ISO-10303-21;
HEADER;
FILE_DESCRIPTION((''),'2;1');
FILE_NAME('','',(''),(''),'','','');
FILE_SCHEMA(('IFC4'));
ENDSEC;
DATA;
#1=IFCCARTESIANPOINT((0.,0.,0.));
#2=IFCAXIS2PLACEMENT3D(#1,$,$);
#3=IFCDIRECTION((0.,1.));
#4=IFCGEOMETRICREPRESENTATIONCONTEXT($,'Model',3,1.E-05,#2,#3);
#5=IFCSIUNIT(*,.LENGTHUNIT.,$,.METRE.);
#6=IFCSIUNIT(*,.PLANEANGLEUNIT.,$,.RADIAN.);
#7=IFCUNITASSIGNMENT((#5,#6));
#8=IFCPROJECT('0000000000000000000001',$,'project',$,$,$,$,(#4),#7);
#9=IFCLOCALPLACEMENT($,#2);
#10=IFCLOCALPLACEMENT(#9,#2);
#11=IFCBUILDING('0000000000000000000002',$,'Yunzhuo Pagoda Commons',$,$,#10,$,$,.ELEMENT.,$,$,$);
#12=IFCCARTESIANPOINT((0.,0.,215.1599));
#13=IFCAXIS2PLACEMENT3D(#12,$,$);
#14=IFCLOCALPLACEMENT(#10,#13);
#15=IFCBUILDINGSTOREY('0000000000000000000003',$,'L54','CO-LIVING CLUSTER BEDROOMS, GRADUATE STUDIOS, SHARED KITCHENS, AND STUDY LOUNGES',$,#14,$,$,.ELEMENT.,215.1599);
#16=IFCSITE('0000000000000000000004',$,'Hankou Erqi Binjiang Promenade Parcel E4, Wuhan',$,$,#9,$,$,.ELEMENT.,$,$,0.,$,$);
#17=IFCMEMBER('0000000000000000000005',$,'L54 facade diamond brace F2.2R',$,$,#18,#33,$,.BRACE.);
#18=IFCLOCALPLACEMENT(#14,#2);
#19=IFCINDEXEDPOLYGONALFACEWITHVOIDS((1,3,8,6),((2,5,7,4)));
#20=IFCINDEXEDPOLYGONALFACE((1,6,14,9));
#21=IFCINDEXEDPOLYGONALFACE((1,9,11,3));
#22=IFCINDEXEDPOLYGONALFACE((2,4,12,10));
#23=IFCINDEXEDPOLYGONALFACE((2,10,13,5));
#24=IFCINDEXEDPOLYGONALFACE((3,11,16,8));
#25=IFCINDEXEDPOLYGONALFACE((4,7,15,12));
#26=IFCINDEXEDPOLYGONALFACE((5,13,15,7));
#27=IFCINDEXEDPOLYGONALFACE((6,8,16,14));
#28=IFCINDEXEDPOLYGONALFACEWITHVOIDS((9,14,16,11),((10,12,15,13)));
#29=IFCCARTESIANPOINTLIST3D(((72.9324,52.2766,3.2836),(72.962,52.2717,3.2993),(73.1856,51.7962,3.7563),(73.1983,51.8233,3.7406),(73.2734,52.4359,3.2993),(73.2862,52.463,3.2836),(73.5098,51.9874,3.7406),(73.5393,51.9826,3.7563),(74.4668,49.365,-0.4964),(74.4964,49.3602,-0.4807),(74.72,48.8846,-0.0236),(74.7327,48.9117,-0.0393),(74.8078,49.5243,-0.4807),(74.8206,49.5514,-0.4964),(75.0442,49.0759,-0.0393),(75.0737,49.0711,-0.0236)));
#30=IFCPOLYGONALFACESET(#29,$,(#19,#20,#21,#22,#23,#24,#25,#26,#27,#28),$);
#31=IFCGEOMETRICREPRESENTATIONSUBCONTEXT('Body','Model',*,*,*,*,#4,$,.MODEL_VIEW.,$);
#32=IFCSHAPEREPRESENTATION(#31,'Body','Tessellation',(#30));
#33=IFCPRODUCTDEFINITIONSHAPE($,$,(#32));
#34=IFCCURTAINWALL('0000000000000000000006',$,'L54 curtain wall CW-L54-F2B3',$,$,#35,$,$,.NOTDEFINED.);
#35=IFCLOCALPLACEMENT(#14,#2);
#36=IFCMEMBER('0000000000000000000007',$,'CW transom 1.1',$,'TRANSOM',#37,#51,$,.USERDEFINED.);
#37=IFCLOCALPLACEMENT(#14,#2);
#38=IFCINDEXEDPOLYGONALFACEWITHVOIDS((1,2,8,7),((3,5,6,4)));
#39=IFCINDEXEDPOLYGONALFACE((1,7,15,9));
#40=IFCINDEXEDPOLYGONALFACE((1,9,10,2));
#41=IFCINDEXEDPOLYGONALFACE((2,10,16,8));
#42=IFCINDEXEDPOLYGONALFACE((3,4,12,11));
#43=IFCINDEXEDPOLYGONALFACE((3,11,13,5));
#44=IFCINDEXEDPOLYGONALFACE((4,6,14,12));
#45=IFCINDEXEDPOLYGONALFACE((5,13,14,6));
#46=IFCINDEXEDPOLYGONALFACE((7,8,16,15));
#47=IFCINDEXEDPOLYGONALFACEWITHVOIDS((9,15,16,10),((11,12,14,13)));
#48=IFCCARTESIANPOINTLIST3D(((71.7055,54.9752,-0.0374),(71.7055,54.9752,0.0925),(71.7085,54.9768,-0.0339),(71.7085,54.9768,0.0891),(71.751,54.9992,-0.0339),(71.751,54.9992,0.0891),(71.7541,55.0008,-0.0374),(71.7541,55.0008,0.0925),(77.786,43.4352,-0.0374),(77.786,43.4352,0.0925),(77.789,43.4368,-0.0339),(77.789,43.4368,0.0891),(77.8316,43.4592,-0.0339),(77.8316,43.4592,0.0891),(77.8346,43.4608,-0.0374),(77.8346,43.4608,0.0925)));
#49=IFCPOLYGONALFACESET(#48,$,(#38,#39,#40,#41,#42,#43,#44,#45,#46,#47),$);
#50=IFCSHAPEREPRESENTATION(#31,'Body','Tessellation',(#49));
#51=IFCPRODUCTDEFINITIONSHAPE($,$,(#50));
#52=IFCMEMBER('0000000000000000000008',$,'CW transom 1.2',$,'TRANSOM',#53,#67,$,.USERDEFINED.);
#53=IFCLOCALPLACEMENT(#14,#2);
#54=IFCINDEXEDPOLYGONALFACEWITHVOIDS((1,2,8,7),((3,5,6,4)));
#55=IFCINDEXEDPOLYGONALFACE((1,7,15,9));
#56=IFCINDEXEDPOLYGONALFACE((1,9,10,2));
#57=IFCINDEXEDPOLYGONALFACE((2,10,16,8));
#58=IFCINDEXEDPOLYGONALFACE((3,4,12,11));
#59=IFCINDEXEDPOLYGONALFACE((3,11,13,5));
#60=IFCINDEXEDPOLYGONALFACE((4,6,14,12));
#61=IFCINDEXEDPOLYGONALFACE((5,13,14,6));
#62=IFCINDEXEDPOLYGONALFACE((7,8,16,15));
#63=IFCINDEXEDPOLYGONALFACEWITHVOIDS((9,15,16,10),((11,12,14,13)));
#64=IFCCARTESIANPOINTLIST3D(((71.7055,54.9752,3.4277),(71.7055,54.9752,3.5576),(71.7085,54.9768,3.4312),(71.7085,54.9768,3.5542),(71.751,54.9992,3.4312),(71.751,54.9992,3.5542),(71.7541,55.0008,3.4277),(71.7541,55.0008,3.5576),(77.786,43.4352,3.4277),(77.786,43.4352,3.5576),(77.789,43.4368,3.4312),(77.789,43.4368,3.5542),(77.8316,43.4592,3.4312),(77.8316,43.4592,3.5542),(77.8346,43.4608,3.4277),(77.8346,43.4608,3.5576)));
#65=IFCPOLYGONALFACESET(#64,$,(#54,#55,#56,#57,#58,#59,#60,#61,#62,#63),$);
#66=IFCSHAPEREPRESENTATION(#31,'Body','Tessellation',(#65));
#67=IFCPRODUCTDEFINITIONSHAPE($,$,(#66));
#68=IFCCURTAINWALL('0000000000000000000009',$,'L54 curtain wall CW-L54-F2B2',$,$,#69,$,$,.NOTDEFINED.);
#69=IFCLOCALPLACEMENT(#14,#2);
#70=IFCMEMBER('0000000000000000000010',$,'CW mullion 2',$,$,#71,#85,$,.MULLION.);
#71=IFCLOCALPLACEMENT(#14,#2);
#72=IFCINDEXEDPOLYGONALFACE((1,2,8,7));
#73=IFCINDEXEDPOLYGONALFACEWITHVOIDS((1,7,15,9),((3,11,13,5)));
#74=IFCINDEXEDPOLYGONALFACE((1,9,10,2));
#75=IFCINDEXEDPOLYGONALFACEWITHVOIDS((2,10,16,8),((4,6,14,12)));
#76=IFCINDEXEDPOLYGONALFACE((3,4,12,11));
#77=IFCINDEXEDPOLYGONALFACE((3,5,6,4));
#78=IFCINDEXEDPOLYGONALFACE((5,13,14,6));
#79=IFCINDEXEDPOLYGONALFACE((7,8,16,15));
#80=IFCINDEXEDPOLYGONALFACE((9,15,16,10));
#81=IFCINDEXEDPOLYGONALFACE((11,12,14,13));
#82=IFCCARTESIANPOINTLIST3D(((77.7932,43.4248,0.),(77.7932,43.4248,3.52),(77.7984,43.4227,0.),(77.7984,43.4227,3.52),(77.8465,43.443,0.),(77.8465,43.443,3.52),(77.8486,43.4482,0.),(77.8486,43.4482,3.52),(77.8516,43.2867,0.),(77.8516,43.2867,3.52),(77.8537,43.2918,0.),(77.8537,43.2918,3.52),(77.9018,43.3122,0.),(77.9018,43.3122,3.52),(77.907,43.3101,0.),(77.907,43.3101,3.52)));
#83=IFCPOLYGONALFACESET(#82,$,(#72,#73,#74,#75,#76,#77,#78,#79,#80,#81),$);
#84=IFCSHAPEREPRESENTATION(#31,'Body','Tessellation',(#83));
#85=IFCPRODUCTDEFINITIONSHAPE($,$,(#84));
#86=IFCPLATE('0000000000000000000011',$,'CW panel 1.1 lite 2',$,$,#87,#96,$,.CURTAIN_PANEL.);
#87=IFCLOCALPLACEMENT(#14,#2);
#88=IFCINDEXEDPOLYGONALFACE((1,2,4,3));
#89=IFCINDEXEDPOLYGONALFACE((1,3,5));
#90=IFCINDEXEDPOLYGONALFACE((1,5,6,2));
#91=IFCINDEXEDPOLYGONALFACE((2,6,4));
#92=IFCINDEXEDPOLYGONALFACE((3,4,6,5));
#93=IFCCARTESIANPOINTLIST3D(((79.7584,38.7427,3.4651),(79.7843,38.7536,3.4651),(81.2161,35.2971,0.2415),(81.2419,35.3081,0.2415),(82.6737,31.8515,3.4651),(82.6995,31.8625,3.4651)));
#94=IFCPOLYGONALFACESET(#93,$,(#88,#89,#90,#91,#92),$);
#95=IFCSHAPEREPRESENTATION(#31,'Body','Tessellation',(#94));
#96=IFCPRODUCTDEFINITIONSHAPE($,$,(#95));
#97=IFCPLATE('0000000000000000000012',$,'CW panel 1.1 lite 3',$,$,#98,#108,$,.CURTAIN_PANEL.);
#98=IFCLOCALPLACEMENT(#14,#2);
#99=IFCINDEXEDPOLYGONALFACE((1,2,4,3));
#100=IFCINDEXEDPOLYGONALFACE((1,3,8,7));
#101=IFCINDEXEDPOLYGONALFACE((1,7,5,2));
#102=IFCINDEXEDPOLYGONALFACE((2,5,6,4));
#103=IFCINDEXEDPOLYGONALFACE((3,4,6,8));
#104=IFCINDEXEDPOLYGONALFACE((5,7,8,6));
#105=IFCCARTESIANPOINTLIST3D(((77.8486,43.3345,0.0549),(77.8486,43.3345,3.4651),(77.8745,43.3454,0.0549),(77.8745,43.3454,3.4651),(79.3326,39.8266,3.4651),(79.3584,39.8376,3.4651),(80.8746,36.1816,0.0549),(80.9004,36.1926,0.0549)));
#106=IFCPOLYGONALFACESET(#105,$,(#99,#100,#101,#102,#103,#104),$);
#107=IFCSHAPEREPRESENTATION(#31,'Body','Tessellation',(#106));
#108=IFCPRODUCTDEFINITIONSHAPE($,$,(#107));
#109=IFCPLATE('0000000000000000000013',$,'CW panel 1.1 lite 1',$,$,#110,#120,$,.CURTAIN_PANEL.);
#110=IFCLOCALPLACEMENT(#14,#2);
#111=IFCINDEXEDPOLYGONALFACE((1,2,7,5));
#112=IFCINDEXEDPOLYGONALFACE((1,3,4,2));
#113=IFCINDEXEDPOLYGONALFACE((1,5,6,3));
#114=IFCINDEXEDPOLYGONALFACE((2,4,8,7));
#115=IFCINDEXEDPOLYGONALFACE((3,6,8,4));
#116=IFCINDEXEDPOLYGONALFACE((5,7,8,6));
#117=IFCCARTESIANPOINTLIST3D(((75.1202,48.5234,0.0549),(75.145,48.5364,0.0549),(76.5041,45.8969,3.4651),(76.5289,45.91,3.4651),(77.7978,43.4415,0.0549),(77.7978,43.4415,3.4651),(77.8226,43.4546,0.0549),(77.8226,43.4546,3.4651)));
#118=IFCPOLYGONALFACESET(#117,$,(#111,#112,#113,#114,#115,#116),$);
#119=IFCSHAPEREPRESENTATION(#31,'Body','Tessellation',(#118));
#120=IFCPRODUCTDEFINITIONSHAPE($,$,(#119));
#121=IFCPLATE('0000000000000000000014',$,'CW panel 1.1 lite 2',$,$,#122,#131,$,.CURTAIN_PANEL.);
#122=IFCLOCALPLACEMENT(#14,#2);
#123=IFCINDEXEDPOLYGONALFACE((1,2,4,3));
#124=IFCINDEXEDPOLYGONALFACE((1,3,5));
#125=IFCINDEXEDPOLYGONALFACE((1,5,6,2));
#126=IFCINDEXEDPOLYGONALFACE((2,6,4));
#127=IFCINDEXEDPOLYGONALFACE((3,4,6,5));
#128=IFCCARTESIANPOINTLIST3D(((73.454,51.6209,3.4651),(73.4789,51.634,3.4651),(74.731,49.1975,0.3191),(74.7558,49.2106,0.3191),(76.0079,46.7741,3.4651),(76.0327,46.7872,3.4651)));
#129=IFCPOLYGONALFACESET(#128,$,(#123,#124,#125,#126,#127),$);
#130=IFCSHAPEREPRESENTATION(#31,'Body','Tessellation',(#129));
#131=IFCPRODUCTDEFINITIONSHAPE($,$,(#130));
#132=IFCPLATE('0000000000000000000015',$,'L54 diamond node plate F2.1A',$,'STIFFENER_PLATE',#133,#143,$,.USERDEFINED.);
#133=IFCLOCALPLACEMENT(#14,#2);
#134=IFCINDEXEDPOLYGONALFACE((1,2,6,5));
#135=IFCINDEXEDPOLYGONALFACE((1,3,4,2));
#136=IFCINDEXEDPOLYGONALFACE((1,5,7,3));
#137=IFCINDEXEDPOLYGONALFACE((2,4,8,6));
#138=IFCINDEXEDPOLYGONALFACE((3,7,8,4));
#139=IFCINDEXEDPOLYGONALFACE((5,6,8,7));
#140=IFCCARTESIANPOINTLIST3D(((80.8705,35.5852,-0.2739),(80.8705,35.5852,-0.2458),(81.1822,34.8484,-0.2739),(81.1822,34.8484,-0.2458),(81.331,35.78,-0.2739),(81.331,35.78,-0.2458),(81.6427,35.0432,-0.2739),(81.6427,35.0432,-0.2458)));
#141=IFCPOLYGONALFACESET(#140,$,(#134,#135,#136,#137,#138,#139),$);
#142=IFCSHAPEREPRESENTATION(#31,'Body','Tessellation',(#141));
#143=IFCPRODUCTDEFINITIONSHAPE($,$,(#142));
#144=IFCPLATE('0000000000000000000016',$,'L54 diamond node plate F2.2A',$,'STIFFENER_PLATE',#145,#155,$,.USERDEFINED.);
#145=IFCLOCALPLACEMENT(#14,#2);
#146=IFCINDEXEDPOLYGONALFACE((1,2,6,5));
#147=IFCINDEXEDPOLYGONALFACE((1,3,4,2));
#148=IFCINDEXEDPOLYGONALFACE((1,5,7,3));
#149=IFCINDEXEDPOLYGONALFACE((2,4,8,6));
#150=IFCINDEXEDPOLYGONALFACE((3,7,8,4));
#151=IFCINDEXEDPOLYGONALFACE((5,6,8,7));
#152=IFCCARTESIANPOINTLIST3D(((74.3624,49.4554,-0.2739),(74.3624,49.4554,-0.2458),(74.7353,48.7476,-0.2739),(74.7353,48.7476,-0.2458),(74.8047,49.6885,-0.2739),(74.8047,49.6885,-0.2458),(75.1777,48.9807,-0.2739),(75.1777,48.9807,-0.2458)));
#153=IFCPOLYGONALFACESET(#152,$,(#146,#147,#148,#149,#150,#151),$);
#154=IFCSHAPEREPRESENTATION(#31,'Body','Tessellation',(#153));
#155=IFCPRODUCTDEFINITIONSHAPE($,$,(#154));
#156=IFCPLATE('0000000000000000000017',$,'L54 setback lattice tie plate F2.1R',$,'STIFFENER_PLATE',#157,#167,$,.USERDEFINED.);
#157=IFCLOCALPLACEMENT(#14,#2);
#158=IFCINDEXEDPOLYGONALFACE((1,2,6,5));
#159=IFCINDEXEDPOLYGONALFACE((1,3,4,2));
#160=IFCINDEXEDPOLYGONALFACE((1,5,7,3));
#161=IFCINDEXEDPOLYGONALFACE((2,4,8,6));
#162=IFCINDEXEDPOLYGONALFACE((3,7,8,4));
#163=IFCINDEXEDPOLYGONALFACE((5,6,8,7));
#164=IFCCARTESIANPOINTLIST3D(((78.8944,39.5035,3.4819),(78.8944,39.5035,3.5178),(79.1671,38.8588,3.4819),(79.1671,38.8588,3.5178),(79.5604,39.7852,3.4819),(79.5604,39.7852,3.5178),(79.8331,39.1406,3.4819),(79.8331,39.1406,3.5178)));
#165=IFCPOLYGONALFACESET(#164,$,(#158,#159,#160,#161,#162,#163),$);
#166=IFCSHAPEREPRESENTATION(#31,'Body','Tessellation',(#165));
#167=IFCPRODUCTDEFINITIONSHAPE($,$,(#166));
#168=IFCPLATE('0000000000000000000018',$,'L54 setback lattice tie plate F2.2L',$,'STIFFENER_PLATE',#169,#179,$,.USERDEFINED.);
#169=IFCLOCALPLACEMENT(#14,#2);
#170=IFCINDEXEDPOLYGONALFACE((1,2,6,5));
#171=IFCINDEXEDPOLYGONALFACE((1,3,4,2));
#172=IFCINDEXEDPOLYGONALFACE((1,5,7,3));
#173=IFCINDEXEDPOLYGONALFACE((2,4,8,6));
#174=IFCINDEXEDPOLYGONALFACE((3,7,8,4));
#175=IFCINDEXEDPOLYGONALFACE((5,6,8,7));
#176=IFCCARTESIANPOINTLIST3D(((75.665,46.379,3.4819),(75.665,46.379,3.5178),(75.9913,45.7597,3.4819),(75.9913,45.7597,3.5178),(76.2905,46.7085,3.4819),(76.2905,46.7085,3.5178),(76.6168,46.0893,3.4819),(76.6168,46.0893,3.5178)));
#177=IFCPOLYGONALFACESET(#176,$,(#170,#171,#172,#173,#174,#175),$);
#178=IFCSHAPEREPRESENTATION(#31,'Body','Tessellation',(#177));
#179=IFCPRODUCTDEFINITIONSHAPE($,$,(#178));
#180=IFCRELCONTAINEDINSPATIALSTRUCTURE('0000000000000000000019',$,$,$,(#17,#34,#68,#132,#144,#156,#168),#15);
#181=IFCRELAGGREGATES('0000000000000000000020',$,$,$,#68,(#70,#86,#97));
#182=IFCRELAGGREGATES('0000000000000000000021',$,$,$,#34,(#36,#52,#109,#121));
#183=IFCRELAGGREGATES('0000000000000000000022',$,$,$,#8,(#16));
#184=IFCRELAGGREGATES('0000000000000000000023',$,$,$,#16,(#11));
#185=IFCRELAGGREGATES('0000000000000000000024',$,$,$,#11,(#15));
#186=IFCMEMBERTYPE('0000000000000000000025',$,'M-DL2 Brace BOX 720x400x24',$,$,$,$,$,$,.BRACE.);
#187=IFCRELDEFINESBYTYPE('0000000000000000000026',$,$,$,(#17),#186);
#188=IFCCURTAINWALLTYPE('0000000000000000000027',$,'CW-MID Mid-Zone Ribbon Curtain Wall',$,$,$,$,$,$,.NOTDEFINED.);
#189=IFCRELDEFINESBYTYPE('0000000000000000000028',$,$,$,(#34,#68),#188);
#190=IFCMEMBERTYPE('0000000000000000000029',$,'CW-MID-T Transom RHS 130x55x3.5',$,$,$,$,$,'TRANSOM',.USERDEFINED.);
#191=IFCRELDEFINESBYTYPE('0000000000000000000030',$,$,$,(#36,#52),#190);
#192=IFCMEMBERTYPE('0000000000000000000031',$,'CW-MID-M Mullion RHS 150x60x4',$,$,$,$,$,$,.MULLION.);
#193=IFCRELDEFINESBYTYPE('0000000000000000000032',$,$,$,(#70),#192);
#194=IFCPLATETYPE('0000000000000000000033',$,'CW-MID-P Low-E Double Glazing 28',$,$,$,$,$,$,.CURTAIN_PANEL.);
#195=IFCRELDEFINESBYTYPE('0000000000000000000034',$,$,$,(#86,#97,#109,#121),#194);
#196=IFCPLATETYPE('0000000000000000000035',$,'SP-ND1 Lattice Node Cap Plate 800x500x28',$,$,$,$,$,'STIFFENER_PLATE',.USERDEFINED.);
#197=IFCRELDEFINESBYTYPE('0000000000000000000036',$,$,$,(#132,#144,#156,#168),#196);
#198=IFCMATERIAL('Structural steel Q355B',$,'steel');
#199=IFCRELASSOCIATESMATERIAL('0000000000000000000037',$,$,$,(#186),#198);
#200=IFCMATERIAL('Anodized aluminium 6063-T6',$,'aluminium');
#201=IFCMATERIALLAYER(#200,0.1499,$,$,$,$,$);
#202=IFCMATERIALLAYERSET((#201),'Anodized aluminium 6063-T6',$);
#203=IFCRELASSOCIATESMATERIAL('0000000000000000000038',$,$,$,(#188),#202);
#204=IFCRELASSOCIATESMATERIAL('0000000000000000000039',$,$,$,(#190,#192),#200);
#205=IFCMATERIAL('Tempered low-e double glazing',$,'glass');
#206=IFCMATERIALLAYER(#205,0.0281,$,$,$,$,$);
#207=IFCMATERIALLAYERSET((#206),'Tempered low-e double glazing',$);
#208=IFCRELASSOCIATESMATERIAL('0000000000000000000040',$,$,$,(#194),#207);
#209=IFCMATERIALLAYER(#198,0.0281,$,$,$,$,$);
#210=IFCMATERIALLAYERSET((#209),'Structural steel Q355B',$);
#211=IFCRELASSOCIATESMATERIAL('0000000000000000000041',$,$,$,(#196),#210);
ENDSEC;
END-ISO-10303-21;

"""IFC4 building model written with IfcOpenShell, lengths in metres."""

from ifc_helpers import new_model, si_unit, direction, frame, origin, origin_2d, place, context, subcontext, project, spatial, polyline, rectangle, hollow_rectangle, outline, extrude, source, transform, mapped, material, layer, layer_set, material_profile, profile_set, type_object, element, aggregate, save


model = new_model("IFC4")

# Units and contexts
model_context = context("Model", 3, precision=1e-05, world=origin(), true_north=direction((0.0, 1.0)))
body_context = subcontext(model_context, "Body", "Model", "MODEL_VIEW")
ifc_project = project(units=[si_unit("LENGTHUNIT", "METRE"), si_unit("PLANEANGLEUNIT", "RADIAN")], contexts=[model_context])

# Site, building, storey
site_placement = place(None, origin())
site = spatial("IfcSite", under=ifc_project, at=site_placement, Name="Hankou Erqi Binjiang Promenade Parcel E4, Wuhan", CompositionType="ELEMENT", RefElevation=0.0)
building_placement = place(site_placement, origin())
building = spatial("IfcBuilding", under=site, at=building_placement, Name="Yunzhuo Pagoda Commons", CompositionType="ELEMENT")
storey_placement = place(building_placement, frame((0.0, 0.0, 215.1599)))
storey = spatial("IfcBuildingStorey", under=building, at=storey_placement, Name="L54", Description="CO-LIVING CLUSTER BEDROOMS, GRADUATE STUDIOS, SHARED KITCHENS, AND STUDY LOUNGES", CompositionType="ELEMENT", Elevation=215.1599)

# Shared definitions
ifc_material_1 = material(Name="Structural steel Q355B", Category="steel")

# Member
ifc_material_profile_1 = material_profile(ifc_material_1, hollow_rectangle(XDim=0.3999, YDim=0.72, WallThickness=0.0239, at=origin_2d()), Name="Structural steel Q355B")
ifc_profile_set_1 = profile_set([ifc_material_profile_1], Name="Structural steel Q355B")
member_type_1 = type_object("IfcMemberType", Name="M-DL2 Brace BOX 720x400x24", PredefinedType="BRACE", material=ifc_profile_set_1)
shared_shape_1 = source(origin(), body_context, "Body", "SweptSolid", [
    extrude(hollow_rectangle(XDim=0.3999, YDim=0.72, WallThickness=0.0239, at=origin_2d()), origin(), (0.0, 0.0, 1.0), 5.012),
])
member_1_placement = place(storey_placement, frame((74.7703, 49.218, -0.26), z_axis=(-0.306147, 0.580925, 0.754189), x_axis=(-0.884669, -0.46622, 0.0)))
element("IfcMember", 1, at=member_1_placement, inside=storey, type_object=member_type_1, Name="L54 facade diamond brace F2.2R", PredefinedType="BRACE", context=body_context, shape_type="MappedRepresentation", body=[
    mapped(shared_shape_1, transform((0.0, 0.0, 0.0), scale=1.0)),
])

# Curtain wall, members
ifc_material_2 = material(Name="Anodized aluminium 6063-T6", Category="aluminium")
ifc_layer_1 = layer(ifc_material_2, 0.1499)
ifc_layer_set_1 = layer_set([ifc_layer_1], Name="Anodized aluminium 6063-T6")
curtain_wall_type = type_object("IfcCurtainWallType", Name="CW-MID Mid-Zone Ribbon Curtain Wall", PredefinedType="NOTDEFINED", material=ifc_layer_set_1)
curtain_wall_1_placement = place(storey_placement, origin())
curtain_wall_1 = element("IfcCurtainWall", 2, at=curtain_wall_1_placement, inside=storey, type_object=curtain_wall_type, Name="L54 curtain wall CW-L54-F2B3", PredefinedType="NOTDEFINED")
ifc_material_profile_2 = material_profile(ifc_material_2, hollow_rectangle(XDim=0.0549, YDim=0.1299, WallThickness=0.0034, at=origin_2d()), Name="Anodized aluminium 6063-T6")
ifc_profile_set_2 = profile_set([ifc_material_profile_2], Name="Anodized aluminium 6063-T6")
member_type_2 = type_object("IfcMemberType", Name="CW-MID-T Transom RHS 130x55x3.5", ElementType="TRANSOM", PredefinedType="USERDEFINED", material=ifc_profile_set_2)
shared_shape_2 = source(origin(), body_context, "Body", "SweptSolid", [
    extrude(hollow_rectangle(XDim=0.0549, YDim=0.1299, WallThickness=0.0034, at=origin_2d()), origin(), (0.0, 0.0, 1.0), 13.0439),
])
member_2_placement = place(storey_placement, frame((77.8103, 43.448, 0.0276), z_axis=(-0.466158, 0.884701, 0.0), x_axis=(-0.884701, -0.466158, 0.0)))
member_2 = element("IfcMember", 3, at=member_2_placement, type_object=member_type_2, Name="CW transom 1.1", ObjectType="TRANSOM", PredefinedType="USERDEFINED", context=body_context, shape_type="MappedRepresentation", body=[
    mapped(shared_shape_2, transform((0.0, 0.0, 0.0), scale=1.0)),
])
member_3_placement = place(storey_placement, frame((77.8103, 43.448, 3.4927), z_axis=(-0.466158, 0.884701, 0.0), x_axis=(-0.884701, -0.466158, 0.0)))
member_3 = element("IfcMember", 4, at=member_3_placement, type_object=member_type_2, Name="CW transom 1.2", ObjectType="TRANSOM", PredefinedType="USERDEFINED", context=body_context, shape_type="MappedRepresentation", body=[
    mapped(shared_shape_2, transform((0.0, 0.0, 0.0), scale=1.0)),
])

# Curtain wall, member, plates
curtain_wall_2_placement = place(storey_placement, origin())
curtain_wall_2 = element("IfcCurtainWall", 5, at=curtain_wall_2_placement, inside=storey, type_object=curtain_wall_type, Name="L54 curtain wall CW-L54-F2B2", PredefinedType="NOTDEFINED")
ifc_material_profile_3 = material_profile(ifc_material_2, hollow_rectangle(XDim=0.0601, YDim=0.1499, WallThickness=0.0039, at=origin_2d()), Name="Anodized aluminium 6063-T6")
ifc_profile_set_3 = profile_set([ifc_material_profile_3], Name="Anodized aluminium 6063-T6")
member_type_3 = type_object("IfcMemberType", Name="CW-MID-M Mullion RHS 150x60x4", PredefinedType="MULLION", material=ifc_profile_set_3)
shared_shape_3 = source(origin(), body_context, "Body", "SweptSolid", [
    extrude(hollow_rectangle(XDim=0.0601, YDim=0.1499, WallThickness=0.0039, at=origin_2d()), origin(), (0.0, 0.0, 1.0), 3.52),
])
member_4_placement = place(storey_placement, frame((77.8501, 43.3674, 0.0), z_axis=(0.0, 0.0, 1.0), x_axis=(-0.920979, -0.389612, 0.0)))
member_4 = element("IfcMember", 6, at=member_4_placement, type_object=member_type_3, Name="CW mullion 2", PredefinedType="MULLION", context=body_context, shape_type="MappedRepresentation", body=[
    mapped(shared_shape_3, transform((0.0, 0.0, 0.0), scale=1.0)),
])
ifc_material_3 = material(Name="Tempered low-e double glazing", Category="glass")
ifc_layer_2 = layer(ifc_material_3, 0.0281)
ifc_layer_set_2 = layer_set([ifc_layer_2], Name="Tempered low-e double glazing")
plate_type_1 = type_object("IfcPlateType", Name="CW-MID-P Low-E Double Glazing 28", PredefinedType="CURTAIN_PANEL", material=ifc_layer_set_2)
plate_1_placement = place(storey_placement, frame((81.2161, 35.2971, 1.8533), z_axis=(0.920979, 0.389612, 0.0), x_axis=(-0.389612, 0.920979, 0.0)))
plate_1 = element("IfcPlate", 7, at=plate_1_placement, type_object=plate_type_1, Name="CW panel 1.1 lite 2", PredefinedType="CURTAIN_PANEL", context=body_context, shape_type="SweptSolid", body=[
    extrude(outline(polyline([(-3.7412, 1.6118), (0.0, -1.6118), (3.7412, 1.6118), (-3.7412, 1.6118)])), origin(), (0.0, 0.0, 1.0), 0.0281),
])
plate_2_placement = place(storey_placement, frame((79.3616, 39.7581, 1.76), z_axis=(0.920979, 0.389612, 0.0), x_axis=(-0.389612, 0.920979, 0.0)))
plate_2 = element("IfcPlate", 8, at=plate_2_placement, type_object=plate_type_1, Name="CW panel 1.1 lite 3", PredefinedType="CURTAIN_PANEL", context=body_context, shape_type="SweptSolid", body=[
    extrude(outline(polyline([(-3.8833, -1.7051), (3.8833, -1.7051), (3.8833, 1.7051), (0.0745, 1.7051), (-3.8833, -1.7051)])), origin(), (0.0, 0.0, 1.0), 0.0281),
])
aggregate(curtain_wall_2, [member_4, plate_1, plate_2])

# Plates
plate_3_placement = place(storey_placement, frame((76.459, 45.9824, 1.76), z_axis=(0.884705, 0.466152, 0.0), x_axis=(-0.466152, 0.884705, 0.0)))
plate_3 = element("IfcPlate", 9, at=plate_3_placement, type_object=plate_type_1, Name="CW panel 1.1 lite 1", PredefinedType="CURTAIN_PANEL", context=body_context, shape_type="SweptSolid", body=[
    extrude(outline(polyline([(-2.8721, -1.7051), (2.8721, -1.7051), (-0.0967, 1.7051), (-2.8721, 1.7051), (-2.8721, -1.7051)])), origin(), (0.0, 0.0, 1.0), 0.0281),
])
plate_4_placement = place(storey_placement, frame((74.731, 49.1975, 1.8921), z_axis=(0.884705, 0.466152, 0.0), x_axis=(-0.466152, 0.884705, 0.0)))
plate_4 = element("IfcPlate", 10, at=plate_4_placement, type_object=plate_type_1, Name="CW panel 1.1 lite 2", PredefinedType="CURTAIN_PANEL", context=body_context, shape_type="SweptSolid", body=[
    extrude(outline(polyline([(-2.7393, 1.573), (0.0, -1.573), (2.7393, 1.573), (-2.7393, 1.573)])), origin(), (0.0, 0.0, 1.0), 0.0281),
])
aggregate(curtain_wall_1, [member_2, member_3, plate_3, plate_4])

# Plates
ifc_layer_3 = layer(ifc_material_1, 0.0281)
ifc_layer_set_3 = layer_set([ifc_layer_3], Name="Structural steel Q355B")
plate_type_2 = type_object("IfcPlateType", Name="SP-ND1 Lattice Node Cap Plate 800x500x28", ElementType="STIFFENER_PLATE", PredefinedType="USERDEFINED", material=ifc_layer_set_3)
shared_shape_4 = source(origin(), body_context, "Body", "SweptSolid", [
    extrude(rectangle(XDim=0.8, YDim=0.5, at=origin_2d()), origin(), (0.0, 0.0, 1.0), 0.0281),
])
for number, where, z_axis, x_axis, name in (
    (11, (81.2566, 35.3142, -0.2739), (0.0, 0.0, 1.0), (-0.389606, 0.920982, 0.0), "L54 diamond node plate F2.1A"),
    (12, (74.77, 49.218, -0.2739), (0.0, 0.0, 1.0), (-0.466155, 0.884703, 0.0), "L54 diamond node plate F2.2A"),
):
    element("IfcPlate", number, at=place(storey_placement, frame(where, z_axis=z_axis, x_axis=x_axis)), inside=storey, type_object=plate_type_2, Name=name, ObjectType="STIFFENER_PLATE", PredefinedType="USERDEFINED", context=body_context, shape_type="MappedRepresentation", body=[
        mapped(shared_shape_4, transform((0.0, 0.0, 0.0), scale=1.0)),
    ])
shared_shape_5 = source(origin(), body_context, "Body", "SweptSolid", [
    extrude(rectangle(XDim=0.7, YDim=0.7231, at=origin_2d()), origin(), (0.0, 0.0, 1.0), 0.0359),
])
plate_5_placement = place(storey_placement, frame((79.3638, 39.322, 3.4819), z_axis=(0.0, 0.0, 1.0), x_axis=(-0.389606, 0.920982, 0.0)))
element("IfcPlate", 13, at=plate_5_placement, inside=storey, type_object=plate_type_2, Name="L54 setback lattice tie plate F2.1R", ObjectType="STIFFENER_PLATE", PredefinedType="USERDEFINED", context=body_context, shape_type="MappedRepresentation", body=[
    mapped(shared_shape_5, transform((0.0, 0.0, 0.0), scale=1.0)),
])
shared_shape_6 = source(origin(), body_context, "Body", "SweptSolid", [
    extrude(rectangle(XDim=0.7, YDim=0.707, at=origin_2d()), origin(), (0.0, 0.0, 1.0), 0.0359),
])
plate_6_placement = place(storey_placement, frame((76.1409, 46.2341, 3.4819), z_axis=(0.0, 0.0, 1.0), x_axis=(-0.466155, 0.884703, 0.0)))
element("IfcPlate", 14, at=plate_6_placement, inside=storey, type_object=plate_type_2, Name="L54 setback lattice tie plate F2.2L", ObjectType="STIFFENER_PLATE", PredefinedType="USERDEFINED", context=body_context, shape_type="MappedRepresentation", body=[
    mapped(shared_shape_6, transform((0.0, 0.0, 0.0), scale=1.0)),
])

save(model, "model.ifc")
